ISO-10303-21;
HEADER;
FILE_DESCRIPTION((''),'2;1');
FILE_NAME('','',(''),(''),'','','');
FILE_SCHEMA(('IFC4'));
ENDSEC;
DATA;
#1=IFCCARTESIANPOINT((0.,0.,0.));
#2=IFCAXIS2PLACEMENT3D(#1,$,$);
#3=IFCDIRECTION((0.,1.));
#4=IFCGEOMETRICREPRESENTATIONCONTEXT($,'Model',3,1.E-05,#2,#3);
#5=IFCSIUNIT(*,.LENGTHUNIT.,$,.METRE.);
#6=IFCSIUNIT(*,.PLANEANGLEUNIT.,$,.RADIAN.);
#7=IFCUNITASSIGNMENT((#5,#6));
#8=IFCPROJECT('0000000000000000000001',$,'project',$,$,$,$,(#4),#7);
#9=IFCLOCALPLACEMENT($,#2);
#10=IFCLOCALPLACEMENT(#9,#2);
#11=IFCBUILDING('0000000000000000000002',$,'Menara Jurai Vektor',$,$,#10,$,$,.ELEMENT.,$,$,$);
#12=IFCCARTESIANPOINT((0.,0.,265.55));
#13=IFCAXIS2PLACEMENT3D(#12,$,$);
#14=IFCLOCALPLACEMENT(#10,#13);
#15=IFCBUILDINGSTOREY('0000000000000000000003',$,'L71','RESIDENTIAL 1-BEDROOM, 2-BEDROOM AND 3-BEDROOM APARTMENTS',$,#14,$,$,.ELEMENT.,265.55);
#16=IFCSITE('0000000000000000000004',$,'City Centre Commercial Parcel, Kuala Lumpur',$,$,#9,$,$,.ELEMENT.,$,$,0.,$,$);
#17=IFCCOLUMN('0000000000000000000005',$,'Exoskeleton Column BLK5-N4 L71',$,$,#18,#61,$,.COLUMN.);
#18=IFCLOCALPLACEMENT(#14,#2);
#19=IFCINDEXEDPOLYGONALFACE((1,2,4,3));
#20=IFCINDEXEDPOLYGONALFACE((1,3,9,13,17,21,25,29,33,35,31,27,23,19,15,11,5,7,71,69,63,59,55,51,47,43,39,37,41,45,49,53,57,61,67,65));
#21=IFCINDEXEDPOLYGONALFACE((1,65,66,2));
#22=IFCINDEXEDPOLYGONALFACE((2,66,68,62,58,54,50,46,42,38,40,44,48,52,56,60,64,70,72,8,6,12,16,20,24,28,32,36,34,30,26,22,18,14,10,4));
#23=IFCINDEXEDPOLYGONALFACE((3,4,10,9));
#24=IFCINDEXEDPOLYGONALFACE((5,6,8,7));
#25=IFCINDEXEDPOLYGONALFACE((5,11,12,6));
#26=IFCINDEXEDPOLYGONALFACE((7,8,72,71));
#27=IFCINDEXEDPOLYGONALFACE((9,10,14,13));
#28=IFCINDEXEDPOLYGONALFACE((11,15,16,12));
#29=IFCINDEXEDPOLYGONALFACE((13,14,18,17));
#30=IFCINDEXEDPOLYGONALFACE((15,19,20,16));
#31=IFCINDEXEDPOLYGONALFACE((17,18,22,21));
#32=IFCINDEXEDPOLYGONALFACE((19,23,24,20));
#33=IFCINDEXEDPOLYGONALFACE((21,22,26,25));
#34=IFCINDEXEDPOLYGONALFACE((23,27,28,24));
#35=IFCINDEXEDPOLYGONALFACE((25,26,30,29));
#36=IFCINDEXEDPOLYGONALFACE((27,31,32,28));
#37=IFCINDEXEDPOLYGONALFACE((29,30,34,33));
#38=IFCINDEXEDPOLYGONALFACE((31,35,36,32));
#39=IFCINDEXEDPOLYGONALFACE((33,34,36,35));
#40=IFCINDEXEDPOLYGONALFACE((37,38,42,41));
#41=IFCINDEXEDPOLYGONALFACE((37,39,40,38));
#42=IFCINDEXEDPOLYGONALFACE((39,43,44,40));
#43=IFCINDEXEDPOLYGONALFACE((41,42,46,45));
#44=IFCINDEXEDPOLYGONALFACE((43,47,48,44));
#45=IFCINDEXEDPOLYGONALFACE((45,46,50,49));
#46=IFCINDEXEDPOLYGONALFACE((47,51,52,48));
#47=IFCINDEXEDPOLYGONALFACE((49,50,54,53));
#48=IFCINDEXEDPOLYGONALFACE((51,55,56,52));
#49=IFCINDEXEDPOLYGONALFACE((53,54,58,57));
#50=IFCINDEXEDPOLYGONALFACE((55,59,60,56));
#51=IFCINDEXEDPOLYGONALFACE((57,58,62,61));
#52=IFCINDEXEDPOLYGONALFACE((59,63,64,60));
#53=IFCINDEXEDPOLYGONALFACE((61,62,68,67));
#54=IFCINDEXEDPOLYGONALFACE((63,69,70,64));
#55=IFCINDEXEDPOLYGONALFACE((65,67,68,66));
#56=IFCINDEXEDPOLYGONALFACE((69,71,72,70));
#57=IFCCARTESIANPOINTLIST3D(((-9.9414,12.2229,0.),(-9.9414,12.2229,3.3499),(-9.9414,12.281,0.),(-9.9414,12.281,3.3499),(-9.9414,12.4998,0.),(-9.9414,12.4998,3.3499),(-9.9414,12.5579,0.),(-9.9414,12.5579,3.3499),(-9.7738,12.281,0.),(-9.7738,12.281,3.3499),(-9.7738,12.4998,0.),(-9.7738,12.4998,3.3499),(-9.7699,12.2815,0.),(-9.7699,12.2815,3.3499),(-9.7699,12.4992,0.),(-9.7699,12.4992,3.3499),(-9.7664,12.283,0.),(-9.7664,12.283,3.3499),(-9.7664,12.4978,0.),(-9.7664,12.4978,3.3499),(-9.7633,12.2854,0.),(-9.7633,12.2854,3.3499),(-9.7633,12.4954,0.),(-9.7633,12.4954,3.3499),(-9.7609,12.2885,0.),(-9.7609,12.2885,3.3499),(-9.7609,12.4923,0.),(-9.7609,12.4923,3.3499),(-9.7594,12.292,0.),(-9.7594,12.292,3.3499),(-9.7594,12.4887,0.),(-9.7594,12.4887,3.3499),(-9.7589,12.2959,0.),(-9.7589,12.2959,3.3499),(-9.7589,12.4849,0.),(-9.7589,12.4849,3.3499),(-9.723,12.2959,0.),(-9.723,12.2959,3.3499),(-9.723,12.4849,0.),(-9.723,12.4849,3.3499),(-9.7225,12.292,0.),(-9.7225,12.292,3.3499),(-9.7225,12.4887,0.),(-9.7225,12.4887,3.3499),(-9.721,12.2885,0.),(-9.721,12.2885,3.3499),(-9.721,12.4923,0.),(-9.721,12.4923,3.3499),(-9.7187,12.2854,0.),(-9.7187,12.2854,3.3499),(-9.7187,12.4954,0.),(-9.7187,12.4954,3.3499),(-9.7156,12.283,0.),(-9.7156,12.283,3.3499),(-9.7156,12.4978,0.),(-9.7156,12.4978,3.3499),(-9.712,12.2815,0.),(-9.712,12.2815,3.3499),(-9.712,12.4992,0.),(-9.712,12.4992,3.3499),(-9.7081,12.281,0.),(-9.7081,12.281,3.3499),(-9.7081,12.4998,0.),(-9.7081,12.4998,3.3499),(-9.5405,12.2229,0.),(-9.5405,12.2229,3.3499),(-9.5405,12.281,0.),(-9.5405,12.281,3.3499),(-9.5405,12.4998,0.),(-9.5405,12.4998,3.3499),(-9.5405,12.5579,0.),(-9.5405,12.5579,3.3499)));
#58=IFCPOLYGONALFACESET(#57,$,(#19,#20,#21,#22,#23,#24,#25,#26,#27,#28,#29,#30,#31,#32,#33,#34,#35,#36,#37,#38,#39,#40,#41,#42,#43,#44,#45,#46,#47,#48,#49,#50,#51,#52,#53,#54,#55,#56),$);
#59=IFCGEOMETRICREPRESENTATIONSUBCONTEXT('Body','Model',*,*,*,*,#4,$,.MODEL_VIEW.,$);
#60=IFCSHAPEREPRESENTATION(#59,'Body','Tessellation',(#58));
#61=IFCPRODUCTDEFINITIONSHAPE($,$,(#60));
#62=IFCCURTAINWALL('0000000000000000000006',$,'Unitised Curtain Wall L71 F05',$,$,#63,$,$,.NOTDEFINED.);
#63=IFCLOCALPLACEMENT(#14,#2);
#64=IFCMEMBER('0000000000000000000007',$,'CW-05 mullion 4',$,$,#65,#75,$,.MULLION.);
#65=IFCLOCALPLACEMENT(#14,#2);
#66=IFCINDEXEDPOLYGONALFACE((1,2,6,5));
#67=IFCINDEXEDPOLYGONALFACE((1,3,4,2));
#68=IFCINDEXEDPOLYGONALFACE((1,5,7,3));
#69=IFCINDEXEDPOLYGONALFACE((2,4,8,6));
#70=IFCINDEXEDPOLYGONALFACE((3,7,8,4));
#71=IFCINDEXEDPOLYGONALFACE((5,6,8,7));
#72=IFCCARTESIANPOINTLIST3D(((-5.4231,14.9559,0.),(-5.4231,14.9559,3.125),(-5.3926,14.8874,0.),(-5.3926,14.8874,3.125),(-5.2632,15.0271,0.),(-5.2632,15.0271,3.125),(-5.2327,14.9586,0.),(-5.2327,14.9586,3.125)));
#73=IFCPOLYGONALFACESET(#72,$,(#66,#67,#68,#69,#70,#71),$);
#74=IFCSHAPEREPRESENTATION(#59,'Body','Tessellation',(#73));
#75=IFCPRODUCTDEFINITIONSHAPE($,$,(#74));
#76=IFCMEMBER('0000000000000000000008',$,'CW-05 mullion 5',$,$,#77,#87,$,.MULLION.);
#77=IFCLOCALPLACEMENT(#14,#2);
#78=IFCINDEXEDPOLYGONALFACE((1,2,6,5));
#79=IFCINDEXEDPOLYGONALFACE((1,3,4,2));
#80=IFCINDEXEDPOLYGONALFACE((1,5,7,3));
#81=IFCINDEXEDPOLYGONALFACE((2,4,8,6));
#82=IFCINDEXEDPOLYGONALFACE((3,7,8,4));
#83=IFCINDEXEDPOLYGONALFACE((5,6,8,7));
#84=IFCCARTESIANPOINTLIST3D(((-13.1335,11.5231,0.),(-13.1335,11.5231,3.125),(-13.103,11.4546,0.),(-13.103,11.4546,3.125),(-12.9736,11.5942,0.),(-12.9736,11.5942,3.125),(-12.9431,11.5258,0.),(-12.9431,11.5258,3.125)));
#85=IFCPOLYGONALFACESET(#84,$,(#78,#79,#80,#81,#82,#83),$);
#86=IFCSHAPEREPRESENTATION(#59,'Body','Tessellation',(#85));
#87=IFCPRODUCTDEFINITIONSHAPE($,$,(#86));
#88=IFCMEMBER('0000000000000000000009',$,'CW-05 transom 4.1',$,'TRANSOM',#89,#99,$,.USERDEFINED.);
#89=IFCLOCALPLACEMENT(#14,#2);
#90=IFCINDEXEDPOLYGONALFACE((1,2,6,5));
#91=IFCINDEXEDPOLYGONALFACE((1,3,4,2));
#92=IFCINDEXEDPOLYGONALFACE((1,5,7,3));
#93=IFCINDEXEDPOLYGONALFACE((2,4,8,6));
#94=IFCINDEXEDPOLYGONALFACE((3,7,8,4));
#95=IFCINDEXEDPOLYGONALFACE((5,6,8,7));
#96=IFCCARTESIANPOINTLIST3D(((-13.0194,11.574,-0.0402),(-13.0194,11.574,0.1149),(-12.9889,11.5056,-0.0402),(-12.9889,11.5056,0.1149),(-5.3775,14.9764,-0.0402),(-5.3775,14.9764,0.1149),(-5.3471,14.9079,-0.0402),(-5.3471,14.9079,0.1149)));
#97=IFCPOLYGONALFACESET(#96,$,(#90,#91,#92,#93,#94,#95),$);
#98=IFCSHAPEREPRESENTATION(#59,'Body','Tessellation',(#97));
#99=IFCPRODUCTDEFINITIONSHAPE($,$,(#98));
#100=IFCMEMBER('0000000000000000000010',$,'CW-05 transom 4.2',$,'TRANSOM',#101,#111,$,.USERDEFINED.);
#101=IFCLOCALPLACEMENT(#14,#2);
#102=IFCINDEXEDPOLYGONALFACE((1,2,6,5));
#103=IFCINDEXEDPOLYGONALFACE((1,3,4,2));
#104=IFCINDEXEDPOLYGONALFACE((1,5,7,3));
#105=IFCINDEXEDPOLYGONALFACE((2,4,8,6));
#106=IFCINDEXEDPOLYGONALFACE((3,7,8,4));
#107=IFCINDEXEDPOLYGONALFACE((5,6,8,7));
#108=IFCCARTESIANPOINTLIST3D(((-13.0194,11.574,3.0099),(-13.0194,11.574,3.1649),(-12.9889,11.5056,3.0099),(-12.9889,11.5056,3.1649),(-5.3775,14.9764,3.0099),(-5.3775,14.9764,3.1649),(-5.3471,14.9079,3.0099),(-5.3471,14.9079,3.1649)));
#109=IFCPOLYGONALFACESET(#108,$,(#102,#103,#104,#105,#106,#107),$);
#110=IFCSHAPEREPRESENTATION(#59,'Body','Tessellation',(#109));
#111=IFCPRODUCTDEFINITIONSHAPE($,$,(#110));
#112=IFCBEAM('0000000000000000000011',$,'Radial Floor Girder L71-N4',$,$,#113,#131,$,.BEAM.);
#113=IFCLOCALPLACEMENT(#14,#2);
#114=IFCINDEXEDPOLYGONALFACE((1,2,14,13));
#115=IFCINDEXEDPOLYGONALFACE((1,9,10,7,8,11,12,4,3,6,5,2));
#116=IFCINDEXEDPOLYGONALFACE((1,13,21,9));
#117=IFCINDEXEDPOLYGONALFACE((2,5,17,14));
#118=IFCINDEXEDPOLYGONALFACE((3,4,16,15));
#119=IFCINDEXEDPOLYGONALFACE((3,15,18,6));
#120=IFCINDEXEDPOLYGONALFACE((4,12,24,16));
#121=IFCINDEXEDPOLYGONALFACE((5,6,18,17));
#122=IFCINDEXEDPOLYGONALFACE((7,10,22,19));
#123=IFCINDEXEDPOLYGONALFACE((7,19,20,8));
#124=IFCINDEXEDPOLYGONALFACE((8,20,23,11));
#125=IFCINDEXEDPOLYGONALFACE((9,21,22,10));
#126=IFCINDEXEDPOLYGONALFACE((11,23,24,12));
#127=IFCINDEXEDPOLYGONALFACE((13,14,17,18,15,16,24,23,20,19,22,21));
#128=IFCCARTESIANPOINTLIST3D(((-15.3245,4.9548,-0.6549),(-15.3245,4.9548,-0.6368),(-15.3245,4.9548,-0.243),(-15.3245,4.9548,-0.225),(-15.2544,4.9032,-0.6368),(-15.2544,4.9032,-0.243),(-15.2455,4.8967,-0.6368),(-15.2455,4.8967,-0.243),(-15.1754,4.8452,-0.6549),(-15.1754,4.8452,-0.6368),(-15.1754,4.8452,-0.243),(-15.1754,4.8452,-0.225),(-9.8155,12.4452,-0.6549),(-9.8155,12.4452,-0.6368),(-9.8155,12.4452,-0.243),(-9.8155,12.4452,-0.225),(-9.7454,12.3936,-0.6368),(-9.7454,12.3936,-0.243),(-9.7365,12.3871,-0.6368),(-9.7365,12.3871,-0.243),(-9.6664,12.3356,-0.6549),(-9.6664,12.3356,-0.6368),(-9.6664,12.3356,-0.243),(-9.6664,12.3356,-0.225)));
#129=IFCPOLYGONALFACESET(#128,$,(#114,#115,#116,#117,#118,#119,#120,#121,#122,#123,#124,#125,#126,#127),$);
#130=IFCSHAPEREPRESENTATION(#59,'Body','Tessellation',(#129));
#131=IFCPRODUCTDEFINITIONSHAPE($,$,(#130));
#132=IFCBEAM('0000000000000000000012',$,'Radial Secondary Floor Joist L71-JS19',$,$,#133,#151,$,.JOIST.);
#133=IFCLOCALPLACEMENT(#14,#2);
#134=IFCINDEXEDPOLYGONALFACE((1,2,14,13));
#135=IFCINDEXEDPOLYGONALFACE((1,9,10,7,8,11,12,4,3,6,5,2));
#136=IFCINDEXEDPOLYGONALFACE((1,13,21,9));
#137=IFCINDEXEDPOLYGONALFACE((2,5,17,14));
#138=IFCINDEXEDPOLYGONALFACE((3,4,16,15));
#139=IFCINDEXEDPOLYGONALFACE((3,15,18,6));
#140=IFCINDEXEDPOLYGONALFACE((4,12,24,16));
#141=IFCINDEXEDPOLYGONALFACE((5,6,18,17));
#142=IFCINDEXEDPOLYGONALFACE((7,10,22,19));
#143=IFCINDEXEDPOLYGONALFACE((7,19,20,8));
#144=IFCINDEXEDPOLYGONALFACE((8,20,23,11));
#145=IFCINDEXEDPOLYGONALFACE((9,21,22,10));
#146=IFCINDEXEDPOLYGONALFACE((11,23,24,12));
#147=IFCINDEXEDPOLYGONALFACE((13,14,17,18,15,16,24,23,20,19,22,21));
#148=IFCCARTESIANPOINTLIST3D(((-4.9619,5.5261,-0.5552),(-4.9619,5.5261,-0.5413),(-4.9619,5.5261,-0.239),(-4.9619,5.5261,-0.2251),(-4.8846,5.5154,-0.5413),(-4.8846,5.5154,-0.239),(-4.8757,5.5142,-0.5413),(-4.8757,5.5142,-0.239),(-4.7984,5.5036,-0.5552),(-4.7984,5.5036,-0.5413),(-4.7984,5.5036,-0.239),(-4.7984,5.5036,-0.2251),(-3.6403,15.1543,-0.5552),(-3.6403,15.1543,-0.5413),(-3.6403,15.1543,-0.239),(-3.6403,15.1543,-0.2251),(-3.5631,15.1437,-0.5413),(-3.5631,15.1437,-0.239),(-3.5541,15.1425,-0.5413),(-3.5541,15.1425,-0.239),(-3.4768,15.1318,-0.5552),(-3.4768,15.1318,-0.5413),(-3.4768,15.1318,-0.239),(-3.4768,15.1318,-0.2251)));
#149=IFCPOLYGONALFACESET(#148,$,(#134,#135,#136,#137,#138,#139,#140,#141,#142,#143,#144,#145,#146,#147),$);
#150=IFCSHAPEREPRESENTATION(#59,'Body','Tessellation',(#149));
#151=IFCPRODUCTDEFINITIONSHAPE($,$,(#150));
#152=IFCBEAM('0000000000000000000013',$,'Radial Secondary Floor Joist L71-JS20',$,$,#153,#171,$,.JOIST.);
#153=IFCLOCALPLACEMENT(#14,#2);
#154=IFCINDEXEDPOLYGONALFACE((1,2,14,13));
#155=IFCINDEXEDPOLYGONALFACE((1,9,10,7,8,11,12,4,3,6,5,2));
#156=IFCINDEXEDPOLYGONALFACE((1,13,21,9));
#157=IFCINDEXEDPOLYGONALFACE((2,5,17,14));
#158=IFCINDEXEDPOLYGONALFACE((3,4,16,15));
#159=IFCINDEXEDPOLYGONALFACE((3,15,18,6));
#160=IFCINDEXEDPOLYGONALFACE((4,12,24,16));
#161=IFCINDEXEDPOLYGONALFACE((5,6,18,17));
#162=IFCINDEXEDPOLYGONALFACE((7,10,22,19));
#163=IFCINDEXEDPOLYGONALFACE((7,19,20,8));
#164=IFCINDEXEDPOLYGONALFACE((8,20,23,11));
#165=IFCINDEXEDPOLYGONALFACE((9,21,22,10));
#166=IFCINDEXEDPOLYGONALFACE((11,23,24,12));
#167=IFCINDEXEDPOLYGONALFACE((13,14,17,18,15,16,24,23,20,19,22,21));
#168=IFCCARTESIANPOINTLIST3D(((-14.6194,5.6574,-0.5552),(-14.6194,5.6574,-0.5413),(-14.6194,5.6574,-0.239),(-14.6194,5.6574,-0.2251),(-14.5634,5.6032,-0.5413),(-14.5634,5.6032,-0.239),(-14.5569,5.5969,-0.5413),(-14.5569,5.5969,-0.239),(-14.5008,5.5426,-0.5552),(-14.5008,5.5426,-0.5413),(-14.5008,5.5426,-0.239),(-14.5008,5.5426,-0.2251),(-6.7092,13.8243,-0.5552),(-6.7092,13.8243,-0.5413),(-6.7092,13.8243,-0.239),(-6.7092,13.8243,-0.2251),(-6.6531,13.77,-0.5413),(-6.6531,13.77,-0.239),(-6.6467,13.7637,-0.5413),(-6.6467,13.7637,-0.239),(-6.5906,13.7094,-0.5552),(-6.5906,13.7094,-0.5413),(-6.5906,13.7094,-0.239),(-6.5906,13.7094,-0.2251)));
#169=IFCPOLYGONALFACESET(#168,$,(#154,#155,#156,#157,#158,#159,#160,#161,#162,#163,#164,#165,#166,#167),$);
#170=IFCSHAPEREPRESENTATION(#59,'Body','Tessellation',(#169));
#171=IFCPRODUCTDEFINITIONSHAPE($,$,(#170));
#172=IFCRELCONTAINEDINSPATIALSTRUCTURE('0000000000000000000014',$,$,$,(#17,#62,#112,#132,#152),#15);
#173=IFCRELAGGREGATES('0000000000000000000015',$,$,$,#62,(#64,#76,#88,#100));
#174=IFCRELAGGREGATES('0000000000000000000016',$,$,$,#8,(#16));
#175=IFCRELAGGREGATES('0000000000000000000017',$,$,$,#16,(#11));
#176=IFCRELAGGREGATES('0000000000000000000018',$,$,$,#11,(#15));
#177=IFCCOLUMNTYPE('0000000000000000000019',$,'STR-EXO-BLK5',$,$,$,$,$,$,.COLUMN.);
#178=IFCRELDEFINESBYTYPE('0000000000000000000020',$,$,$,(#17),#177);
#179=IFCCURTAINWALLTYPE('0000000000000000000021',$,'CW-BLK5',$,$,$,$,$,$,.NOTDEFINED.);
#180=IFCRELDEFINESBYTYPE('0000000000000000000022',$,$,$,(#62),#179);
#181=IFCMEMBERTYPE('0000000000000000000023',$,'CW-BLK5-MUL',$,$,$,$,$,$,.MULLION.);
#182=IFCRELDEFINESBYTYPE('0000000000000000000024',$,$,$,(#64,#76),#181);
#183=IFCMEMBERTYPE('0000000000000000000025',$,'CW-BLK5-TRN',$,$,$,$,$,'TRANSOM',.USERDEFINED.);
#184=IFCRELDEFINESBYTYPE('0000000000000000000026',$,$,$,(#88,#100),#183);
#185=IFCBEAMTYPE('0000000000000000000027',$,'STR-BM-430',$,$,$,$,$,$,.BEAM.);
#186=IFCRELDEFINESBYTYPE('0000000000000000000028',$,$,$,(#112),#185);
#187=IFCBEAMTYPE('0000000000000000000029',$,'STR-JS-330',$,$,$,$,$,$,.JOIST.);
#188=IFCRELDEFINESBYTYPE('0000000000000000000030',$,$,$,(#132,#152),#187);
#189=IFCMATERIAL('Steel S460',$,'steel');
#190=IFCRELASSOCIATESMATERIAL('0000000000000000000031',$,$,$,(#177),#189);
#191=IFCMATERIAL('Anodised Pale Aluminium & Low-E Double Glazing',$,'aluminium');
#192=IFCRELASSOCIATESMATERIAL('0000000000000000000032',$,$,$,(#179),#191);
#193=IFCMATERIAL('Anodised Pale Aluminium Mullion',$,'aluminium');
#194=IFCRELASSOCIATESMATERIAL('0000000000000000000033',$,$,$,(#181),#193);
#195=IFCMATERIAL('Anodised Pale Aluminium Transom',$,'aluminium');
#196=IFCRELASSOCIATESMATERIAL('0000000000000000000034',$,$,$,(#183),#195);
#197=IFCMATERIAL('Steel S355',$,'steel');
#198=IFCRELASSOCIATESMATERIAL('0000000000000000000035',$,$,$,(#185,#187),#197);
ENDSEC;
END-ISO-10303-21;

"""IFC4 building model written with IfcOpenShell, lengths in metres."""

from ifc_helpers import new_model, si_unit, direction, frame, origin, origin_2d, place, context, subcontext, project, spatial, rectangle, i_section, extrude, material, material_profile, profile_set, type_object, element, aggregate, save


model = new_model("IFC4")

# Units and contexts
model_context = context("Model", 3, precision=1e-05, world=origin(), true_north=direction((0.0, 1.0)))
body_context = subcontext(model_context, "Body", "Model", "MODEL_VIEW")
ifc_project = project(units=[si_unit("LENGTHUNIT", "METRE"), si_unit("PLANEANGLEUNIT", "RADIAN")], contexts=[model_context])

# Site, building, storey
site_placement = place(None, origin())
site = spatial("IfcSite", under=ifc_project, at=site_placement, Name="City Centre Commercial Parcel, Kuala Lumpur", CompositionType="ELEMENT", RefElevation=0.0)
building_placement = place(site_placement, origin())
building = spatial("IfcBuilding", under=site, at=building_placement, Name="Menara Jurai Vektor", CompositionType="ELEMENT")
storey_placement = place(building_placement, frame((0.0, 0.0, 265.55)))
storey = spatial("IfcBuildingStorey", under=building, at=storey_placement, Name="L71", Description="RESIDENTIAL 1-BEDROOM, 2-BEDROOM AND 3-BEDROOM APARTMENTS", CompositionType="ELEMENT", Elevation=265.55)

# Column
ifc_material_1 = material(Name="Steel S460", Category="steel")
ifc_material_profile_1 = material_profile(ifc_material_1, i_section(OverallWidth=0.4009, OverallDepth=0.335, WebThickness=0.0359, FlangeThickness=0.0581, FilletRadius=0.0149, at=origin_2d()), Name="HD 400x463")
ifc_profile_set_1 = profile_set([ifc_material_profile_1], Name="Steel S460")
column_type = type_object("IfcColumnType", Name="STR-EXO-BLK5", PredefinedType="COLUMN", material=ifc_profile_set_1)
column_placement = place(storey_placement, frame((-9.741, 12.3904, 0.0), z_axis=(0.0, 0.0, 1.0), x_axis=(1.0, 0.0, 0.0)))
element("IfcColumn", 1, at=column_placement, inside=storey, type_object=column_type, Name="Exoskeleton Column BLK5-N4 L71", PredefinedType="COLUMN", context=body_context, shape_type="SweptSolid", body=[
    extrude(i_section(OverallWidth=0.4009, OverallDepth=0.335, WebThickness=0.0359, FlangeThickness=0.0581, FilletRadius=0.0149, at=origin_2d()), origin(), (0.0, 0.0, 1.0), 3.3499),
])

# Curtain wall, members
ifc_material_2 = material(Name="Anodised Pale Aluminium & Low-E Double Glazing", Category="aluminium")
curtain_wall_type = type_object("IfcCurtainWallType", Name="CW-BLK5", PredefinedType="NOTDEFINED", material=ifc_material_2)
curtain_wall_placement = place(storey_placement, origin())
curtain_wall = element("IfcCurtainWall", 2, at=curtain_wall_placement, inside=storey, type_object=curtain_wall_type, Name="Unitised Curtain Wall L71 F05", PredefinedType="NOTDEFINED")
ifc_material_3 = material(Name="Anodised Pale Aluminium Mullion", Category="aluminium")
ifc_material_profile_2 = material_profile(ifc_material_3, rectangle(XDim=0.075, YDim=0.175, at=origin_2d()), Name="ALU MUL 75x175")
ifc_profile_set_2 = profile_set([ifc_material_profile_2], Name="Anodised Pale Aluminium Mullion")
member_type_1 = type_object("IfcMemberType", Name="CW-BLK5-MUL", PredefinedType="MULLION", material=ifc_profile_set_2)
member_1_placement = place(storey_placement, frame((-5.3279, 14.9573, 0.0), z_axis=(0.0, 0.0, 1.0), x_axis=(0.406735, -0.913546, 0.0)))
member_1 = element("IfcMember", 3, at=member_1_placement, type_object=member_type_1, Name="CW-05 mullion 4", PredefinedType="MULLION", context=body_context, shape_type="SweptSolid", body=[
    extrude(rectangle(XDim=0.075, YDim=0.175, at=origin_2d()), origin(), (0.0, 0.0, 1.0), 3.125),
])
member_2_placement = place(storey_placement, frame((-13.0383, 11.5244, 0.0), z_axis=(0.0, 0.0, 1.0), x_axis=(0.406735, -0.913546, 0.0)))
member_2 = element("IfcMember", 4, at=member_2_placement, type_object=member_type_1, Name="CW-05 mullion 5", PredefinedType="MULLION", context=body_context, shape_type="SweptSolid", body=[
    extrude(rectangle(XDim=0.075, YDim=0.175, at=origin_2d()), origin(), (0.0, 0.0, 1.0), 3.125),
])
ifc_material_4 = material(Name="Anodised Pale Aluminium Transom", Category="aluminium")
ifc_material_profile_3 = material_profile(ifc_material_4, rectangle(XDim=0.075, YDim=0.155, at=origin_2d()), Name="ALU TRN 75x155")
ifc_profile_set_3 = profile_set([ifc_material_profile_3], Name="Anodised Pale Aluminium Transom")
member_type_2 = type_object("IfcMemberType", Name="CW-BLK5-TRN", ElementType="TRANSOM", PredefinedType="USERDEFINED", material=ifc_profile_set_3)
member_3_placement = place(storey_placement, frame((-5.3623, 14.9421, 0.0374), z_axis=(-0.913547, -0.406734, 0.0), x_axis=(0.406734, -0.913547, 0.0)))
member_3 = element("IfcMember", 5, at=member_3_placement, type_object=member_type_2, Name="CW-05 transom 4.1", ObjectType="TRANSOM", PredefinedType="USERDEFINED", context=body_context, shape_type="SweptSolid", body=[
    extrude(rectangle(XDim=0.075, YDim=0.155, at=origin_2d()), origin(), (0.0, 0.0, 1.0), 8.365),
])
member_4_placement = place(storey_placement, frame((-5.3623, 14.9421, 3.0874), z_axis=(-0.913547, -0.406734, 0.0), x_axis=(0.406734, -0.913547, 0.0)))
member_4 = element("IfcMember", 6, at=member_4_placement, type_object=member_type_2, Name="CW-05 transom 4.2", ObjectType="TRANSOM", PredefinedType="USERDEFINED", context=body_context, shape_type="SweptSolid", body=[
    extrude(rectangle(XDim=0.075, YDim=0.155, at=origin_2d()), origin(), (0.0, 0.0, 1.0), 8.365),
])

# Beams
ifc_material_5 = material(Name="Steel S355", Category="steel")
ifc_material_profile_4 = material_profile(ifc_material_5, i_section(OverallWidth=0.1851, OverallDepth=0.4299, WebThickness=0.011, FlangeThickness=0.0181, at=origin_2d()), Name="PG 430x185x76")
ifc_profile_set_4 = profile_set([ifc_material_profile_4], Name="Steel S355")
beam_type_1 = type_object("IfcBeamType", Name="STR-BM-430", PredefinedType="BEAM", material=ifc_profile_set_4)
beam_1_placement = place(storey_placement, frame((-9.741, 12.3904, -0.4399), z_axis=(-0.592483, -0.805583, 0.0), x_axis=(0.805583, -0.592483, 0.0)))
element("IfcBeam", 7, at=beam_1_placement, inside=storey, type_object=beam_type_1, Name="Radial Floor Girder L71-N4", PredefinedType="BEAM", context=body_context, shape_type="SweptSolid", body=[
    extrude(i_section(OverallWidth=0.1851, OverallDepth=0.4299, WebThickness=0.011, FlangeThickness=0.0181, at=origin_2d()), origin(), (0.0, 0.0, 1.0), 9.2981),
])
ifc_material_profile_5 = material_profile(ifc_material_5, i_section(OverallWidth=0.165, OverallDepth=0.3301, WebThickness=0.009, FlangeThickness=0.0139, at=origin_2d()), Name="PG 330x165x46")
ifc_profile_set_5 = profile_set([ifc_material_profile_5], Name="Steel S355")
beam_type_2 = type_object("IfcBeamType", Name="STR-JS-330", PredefinedType="JOIST", material=ifc_profile_set_5)
beam_2_placement = place(storey_placement, frame((-3.5586, 15.1431, -0.3901), z_axis=(-0.135982, -0.990711, 0.0), x_axis=(0.990711, -0.135982, 0.0)))
element("IfcBeam", 8, at=beam_2_placement, inside=storey, type_object=beam_type_2, Name="Radial Secondary Floor Joist L71-JS19", PredefinedType="JOIST", context=body_context, shape_type="SweptSolid", body=[
    extrude(i_section(OverallWidth=0.165, OverallDepth=0.3301, WebThickness=0.009, FlangeThickness=0.0139, at=origin_2d()), origin(), (0.0, 0.0, 1.0), 9.7185),
])
beam_3_placement = place(storey_placement, frame((-6.6499, 13.7668, -0.3901), z_axis=(-0.695733, -0.718301, 0.0), x_axis=(0.718301, -0.695733, 0.0)))
element("IfcBeam", 9, at=beam_3_placement, inside=storey, type_object=beam_type_2, Name="Radial Secondary Floor Joist L71-JS20", PredefinedType="JOIST", context=body_context, shape_type="SweptSolid", body=[
    extrude(i_section(OverallWidth=0.165, OverallDepth=0.3301, WebThickness=0.009, FlangeThickness=0.0139, at=origin_2d()), origin(), (0.0, 0.0, 1.0), 11.3696),
])

aggregate(curtain_wall, [member_1, member_2, member_3, member_4])

save(model, "model.ifc")
